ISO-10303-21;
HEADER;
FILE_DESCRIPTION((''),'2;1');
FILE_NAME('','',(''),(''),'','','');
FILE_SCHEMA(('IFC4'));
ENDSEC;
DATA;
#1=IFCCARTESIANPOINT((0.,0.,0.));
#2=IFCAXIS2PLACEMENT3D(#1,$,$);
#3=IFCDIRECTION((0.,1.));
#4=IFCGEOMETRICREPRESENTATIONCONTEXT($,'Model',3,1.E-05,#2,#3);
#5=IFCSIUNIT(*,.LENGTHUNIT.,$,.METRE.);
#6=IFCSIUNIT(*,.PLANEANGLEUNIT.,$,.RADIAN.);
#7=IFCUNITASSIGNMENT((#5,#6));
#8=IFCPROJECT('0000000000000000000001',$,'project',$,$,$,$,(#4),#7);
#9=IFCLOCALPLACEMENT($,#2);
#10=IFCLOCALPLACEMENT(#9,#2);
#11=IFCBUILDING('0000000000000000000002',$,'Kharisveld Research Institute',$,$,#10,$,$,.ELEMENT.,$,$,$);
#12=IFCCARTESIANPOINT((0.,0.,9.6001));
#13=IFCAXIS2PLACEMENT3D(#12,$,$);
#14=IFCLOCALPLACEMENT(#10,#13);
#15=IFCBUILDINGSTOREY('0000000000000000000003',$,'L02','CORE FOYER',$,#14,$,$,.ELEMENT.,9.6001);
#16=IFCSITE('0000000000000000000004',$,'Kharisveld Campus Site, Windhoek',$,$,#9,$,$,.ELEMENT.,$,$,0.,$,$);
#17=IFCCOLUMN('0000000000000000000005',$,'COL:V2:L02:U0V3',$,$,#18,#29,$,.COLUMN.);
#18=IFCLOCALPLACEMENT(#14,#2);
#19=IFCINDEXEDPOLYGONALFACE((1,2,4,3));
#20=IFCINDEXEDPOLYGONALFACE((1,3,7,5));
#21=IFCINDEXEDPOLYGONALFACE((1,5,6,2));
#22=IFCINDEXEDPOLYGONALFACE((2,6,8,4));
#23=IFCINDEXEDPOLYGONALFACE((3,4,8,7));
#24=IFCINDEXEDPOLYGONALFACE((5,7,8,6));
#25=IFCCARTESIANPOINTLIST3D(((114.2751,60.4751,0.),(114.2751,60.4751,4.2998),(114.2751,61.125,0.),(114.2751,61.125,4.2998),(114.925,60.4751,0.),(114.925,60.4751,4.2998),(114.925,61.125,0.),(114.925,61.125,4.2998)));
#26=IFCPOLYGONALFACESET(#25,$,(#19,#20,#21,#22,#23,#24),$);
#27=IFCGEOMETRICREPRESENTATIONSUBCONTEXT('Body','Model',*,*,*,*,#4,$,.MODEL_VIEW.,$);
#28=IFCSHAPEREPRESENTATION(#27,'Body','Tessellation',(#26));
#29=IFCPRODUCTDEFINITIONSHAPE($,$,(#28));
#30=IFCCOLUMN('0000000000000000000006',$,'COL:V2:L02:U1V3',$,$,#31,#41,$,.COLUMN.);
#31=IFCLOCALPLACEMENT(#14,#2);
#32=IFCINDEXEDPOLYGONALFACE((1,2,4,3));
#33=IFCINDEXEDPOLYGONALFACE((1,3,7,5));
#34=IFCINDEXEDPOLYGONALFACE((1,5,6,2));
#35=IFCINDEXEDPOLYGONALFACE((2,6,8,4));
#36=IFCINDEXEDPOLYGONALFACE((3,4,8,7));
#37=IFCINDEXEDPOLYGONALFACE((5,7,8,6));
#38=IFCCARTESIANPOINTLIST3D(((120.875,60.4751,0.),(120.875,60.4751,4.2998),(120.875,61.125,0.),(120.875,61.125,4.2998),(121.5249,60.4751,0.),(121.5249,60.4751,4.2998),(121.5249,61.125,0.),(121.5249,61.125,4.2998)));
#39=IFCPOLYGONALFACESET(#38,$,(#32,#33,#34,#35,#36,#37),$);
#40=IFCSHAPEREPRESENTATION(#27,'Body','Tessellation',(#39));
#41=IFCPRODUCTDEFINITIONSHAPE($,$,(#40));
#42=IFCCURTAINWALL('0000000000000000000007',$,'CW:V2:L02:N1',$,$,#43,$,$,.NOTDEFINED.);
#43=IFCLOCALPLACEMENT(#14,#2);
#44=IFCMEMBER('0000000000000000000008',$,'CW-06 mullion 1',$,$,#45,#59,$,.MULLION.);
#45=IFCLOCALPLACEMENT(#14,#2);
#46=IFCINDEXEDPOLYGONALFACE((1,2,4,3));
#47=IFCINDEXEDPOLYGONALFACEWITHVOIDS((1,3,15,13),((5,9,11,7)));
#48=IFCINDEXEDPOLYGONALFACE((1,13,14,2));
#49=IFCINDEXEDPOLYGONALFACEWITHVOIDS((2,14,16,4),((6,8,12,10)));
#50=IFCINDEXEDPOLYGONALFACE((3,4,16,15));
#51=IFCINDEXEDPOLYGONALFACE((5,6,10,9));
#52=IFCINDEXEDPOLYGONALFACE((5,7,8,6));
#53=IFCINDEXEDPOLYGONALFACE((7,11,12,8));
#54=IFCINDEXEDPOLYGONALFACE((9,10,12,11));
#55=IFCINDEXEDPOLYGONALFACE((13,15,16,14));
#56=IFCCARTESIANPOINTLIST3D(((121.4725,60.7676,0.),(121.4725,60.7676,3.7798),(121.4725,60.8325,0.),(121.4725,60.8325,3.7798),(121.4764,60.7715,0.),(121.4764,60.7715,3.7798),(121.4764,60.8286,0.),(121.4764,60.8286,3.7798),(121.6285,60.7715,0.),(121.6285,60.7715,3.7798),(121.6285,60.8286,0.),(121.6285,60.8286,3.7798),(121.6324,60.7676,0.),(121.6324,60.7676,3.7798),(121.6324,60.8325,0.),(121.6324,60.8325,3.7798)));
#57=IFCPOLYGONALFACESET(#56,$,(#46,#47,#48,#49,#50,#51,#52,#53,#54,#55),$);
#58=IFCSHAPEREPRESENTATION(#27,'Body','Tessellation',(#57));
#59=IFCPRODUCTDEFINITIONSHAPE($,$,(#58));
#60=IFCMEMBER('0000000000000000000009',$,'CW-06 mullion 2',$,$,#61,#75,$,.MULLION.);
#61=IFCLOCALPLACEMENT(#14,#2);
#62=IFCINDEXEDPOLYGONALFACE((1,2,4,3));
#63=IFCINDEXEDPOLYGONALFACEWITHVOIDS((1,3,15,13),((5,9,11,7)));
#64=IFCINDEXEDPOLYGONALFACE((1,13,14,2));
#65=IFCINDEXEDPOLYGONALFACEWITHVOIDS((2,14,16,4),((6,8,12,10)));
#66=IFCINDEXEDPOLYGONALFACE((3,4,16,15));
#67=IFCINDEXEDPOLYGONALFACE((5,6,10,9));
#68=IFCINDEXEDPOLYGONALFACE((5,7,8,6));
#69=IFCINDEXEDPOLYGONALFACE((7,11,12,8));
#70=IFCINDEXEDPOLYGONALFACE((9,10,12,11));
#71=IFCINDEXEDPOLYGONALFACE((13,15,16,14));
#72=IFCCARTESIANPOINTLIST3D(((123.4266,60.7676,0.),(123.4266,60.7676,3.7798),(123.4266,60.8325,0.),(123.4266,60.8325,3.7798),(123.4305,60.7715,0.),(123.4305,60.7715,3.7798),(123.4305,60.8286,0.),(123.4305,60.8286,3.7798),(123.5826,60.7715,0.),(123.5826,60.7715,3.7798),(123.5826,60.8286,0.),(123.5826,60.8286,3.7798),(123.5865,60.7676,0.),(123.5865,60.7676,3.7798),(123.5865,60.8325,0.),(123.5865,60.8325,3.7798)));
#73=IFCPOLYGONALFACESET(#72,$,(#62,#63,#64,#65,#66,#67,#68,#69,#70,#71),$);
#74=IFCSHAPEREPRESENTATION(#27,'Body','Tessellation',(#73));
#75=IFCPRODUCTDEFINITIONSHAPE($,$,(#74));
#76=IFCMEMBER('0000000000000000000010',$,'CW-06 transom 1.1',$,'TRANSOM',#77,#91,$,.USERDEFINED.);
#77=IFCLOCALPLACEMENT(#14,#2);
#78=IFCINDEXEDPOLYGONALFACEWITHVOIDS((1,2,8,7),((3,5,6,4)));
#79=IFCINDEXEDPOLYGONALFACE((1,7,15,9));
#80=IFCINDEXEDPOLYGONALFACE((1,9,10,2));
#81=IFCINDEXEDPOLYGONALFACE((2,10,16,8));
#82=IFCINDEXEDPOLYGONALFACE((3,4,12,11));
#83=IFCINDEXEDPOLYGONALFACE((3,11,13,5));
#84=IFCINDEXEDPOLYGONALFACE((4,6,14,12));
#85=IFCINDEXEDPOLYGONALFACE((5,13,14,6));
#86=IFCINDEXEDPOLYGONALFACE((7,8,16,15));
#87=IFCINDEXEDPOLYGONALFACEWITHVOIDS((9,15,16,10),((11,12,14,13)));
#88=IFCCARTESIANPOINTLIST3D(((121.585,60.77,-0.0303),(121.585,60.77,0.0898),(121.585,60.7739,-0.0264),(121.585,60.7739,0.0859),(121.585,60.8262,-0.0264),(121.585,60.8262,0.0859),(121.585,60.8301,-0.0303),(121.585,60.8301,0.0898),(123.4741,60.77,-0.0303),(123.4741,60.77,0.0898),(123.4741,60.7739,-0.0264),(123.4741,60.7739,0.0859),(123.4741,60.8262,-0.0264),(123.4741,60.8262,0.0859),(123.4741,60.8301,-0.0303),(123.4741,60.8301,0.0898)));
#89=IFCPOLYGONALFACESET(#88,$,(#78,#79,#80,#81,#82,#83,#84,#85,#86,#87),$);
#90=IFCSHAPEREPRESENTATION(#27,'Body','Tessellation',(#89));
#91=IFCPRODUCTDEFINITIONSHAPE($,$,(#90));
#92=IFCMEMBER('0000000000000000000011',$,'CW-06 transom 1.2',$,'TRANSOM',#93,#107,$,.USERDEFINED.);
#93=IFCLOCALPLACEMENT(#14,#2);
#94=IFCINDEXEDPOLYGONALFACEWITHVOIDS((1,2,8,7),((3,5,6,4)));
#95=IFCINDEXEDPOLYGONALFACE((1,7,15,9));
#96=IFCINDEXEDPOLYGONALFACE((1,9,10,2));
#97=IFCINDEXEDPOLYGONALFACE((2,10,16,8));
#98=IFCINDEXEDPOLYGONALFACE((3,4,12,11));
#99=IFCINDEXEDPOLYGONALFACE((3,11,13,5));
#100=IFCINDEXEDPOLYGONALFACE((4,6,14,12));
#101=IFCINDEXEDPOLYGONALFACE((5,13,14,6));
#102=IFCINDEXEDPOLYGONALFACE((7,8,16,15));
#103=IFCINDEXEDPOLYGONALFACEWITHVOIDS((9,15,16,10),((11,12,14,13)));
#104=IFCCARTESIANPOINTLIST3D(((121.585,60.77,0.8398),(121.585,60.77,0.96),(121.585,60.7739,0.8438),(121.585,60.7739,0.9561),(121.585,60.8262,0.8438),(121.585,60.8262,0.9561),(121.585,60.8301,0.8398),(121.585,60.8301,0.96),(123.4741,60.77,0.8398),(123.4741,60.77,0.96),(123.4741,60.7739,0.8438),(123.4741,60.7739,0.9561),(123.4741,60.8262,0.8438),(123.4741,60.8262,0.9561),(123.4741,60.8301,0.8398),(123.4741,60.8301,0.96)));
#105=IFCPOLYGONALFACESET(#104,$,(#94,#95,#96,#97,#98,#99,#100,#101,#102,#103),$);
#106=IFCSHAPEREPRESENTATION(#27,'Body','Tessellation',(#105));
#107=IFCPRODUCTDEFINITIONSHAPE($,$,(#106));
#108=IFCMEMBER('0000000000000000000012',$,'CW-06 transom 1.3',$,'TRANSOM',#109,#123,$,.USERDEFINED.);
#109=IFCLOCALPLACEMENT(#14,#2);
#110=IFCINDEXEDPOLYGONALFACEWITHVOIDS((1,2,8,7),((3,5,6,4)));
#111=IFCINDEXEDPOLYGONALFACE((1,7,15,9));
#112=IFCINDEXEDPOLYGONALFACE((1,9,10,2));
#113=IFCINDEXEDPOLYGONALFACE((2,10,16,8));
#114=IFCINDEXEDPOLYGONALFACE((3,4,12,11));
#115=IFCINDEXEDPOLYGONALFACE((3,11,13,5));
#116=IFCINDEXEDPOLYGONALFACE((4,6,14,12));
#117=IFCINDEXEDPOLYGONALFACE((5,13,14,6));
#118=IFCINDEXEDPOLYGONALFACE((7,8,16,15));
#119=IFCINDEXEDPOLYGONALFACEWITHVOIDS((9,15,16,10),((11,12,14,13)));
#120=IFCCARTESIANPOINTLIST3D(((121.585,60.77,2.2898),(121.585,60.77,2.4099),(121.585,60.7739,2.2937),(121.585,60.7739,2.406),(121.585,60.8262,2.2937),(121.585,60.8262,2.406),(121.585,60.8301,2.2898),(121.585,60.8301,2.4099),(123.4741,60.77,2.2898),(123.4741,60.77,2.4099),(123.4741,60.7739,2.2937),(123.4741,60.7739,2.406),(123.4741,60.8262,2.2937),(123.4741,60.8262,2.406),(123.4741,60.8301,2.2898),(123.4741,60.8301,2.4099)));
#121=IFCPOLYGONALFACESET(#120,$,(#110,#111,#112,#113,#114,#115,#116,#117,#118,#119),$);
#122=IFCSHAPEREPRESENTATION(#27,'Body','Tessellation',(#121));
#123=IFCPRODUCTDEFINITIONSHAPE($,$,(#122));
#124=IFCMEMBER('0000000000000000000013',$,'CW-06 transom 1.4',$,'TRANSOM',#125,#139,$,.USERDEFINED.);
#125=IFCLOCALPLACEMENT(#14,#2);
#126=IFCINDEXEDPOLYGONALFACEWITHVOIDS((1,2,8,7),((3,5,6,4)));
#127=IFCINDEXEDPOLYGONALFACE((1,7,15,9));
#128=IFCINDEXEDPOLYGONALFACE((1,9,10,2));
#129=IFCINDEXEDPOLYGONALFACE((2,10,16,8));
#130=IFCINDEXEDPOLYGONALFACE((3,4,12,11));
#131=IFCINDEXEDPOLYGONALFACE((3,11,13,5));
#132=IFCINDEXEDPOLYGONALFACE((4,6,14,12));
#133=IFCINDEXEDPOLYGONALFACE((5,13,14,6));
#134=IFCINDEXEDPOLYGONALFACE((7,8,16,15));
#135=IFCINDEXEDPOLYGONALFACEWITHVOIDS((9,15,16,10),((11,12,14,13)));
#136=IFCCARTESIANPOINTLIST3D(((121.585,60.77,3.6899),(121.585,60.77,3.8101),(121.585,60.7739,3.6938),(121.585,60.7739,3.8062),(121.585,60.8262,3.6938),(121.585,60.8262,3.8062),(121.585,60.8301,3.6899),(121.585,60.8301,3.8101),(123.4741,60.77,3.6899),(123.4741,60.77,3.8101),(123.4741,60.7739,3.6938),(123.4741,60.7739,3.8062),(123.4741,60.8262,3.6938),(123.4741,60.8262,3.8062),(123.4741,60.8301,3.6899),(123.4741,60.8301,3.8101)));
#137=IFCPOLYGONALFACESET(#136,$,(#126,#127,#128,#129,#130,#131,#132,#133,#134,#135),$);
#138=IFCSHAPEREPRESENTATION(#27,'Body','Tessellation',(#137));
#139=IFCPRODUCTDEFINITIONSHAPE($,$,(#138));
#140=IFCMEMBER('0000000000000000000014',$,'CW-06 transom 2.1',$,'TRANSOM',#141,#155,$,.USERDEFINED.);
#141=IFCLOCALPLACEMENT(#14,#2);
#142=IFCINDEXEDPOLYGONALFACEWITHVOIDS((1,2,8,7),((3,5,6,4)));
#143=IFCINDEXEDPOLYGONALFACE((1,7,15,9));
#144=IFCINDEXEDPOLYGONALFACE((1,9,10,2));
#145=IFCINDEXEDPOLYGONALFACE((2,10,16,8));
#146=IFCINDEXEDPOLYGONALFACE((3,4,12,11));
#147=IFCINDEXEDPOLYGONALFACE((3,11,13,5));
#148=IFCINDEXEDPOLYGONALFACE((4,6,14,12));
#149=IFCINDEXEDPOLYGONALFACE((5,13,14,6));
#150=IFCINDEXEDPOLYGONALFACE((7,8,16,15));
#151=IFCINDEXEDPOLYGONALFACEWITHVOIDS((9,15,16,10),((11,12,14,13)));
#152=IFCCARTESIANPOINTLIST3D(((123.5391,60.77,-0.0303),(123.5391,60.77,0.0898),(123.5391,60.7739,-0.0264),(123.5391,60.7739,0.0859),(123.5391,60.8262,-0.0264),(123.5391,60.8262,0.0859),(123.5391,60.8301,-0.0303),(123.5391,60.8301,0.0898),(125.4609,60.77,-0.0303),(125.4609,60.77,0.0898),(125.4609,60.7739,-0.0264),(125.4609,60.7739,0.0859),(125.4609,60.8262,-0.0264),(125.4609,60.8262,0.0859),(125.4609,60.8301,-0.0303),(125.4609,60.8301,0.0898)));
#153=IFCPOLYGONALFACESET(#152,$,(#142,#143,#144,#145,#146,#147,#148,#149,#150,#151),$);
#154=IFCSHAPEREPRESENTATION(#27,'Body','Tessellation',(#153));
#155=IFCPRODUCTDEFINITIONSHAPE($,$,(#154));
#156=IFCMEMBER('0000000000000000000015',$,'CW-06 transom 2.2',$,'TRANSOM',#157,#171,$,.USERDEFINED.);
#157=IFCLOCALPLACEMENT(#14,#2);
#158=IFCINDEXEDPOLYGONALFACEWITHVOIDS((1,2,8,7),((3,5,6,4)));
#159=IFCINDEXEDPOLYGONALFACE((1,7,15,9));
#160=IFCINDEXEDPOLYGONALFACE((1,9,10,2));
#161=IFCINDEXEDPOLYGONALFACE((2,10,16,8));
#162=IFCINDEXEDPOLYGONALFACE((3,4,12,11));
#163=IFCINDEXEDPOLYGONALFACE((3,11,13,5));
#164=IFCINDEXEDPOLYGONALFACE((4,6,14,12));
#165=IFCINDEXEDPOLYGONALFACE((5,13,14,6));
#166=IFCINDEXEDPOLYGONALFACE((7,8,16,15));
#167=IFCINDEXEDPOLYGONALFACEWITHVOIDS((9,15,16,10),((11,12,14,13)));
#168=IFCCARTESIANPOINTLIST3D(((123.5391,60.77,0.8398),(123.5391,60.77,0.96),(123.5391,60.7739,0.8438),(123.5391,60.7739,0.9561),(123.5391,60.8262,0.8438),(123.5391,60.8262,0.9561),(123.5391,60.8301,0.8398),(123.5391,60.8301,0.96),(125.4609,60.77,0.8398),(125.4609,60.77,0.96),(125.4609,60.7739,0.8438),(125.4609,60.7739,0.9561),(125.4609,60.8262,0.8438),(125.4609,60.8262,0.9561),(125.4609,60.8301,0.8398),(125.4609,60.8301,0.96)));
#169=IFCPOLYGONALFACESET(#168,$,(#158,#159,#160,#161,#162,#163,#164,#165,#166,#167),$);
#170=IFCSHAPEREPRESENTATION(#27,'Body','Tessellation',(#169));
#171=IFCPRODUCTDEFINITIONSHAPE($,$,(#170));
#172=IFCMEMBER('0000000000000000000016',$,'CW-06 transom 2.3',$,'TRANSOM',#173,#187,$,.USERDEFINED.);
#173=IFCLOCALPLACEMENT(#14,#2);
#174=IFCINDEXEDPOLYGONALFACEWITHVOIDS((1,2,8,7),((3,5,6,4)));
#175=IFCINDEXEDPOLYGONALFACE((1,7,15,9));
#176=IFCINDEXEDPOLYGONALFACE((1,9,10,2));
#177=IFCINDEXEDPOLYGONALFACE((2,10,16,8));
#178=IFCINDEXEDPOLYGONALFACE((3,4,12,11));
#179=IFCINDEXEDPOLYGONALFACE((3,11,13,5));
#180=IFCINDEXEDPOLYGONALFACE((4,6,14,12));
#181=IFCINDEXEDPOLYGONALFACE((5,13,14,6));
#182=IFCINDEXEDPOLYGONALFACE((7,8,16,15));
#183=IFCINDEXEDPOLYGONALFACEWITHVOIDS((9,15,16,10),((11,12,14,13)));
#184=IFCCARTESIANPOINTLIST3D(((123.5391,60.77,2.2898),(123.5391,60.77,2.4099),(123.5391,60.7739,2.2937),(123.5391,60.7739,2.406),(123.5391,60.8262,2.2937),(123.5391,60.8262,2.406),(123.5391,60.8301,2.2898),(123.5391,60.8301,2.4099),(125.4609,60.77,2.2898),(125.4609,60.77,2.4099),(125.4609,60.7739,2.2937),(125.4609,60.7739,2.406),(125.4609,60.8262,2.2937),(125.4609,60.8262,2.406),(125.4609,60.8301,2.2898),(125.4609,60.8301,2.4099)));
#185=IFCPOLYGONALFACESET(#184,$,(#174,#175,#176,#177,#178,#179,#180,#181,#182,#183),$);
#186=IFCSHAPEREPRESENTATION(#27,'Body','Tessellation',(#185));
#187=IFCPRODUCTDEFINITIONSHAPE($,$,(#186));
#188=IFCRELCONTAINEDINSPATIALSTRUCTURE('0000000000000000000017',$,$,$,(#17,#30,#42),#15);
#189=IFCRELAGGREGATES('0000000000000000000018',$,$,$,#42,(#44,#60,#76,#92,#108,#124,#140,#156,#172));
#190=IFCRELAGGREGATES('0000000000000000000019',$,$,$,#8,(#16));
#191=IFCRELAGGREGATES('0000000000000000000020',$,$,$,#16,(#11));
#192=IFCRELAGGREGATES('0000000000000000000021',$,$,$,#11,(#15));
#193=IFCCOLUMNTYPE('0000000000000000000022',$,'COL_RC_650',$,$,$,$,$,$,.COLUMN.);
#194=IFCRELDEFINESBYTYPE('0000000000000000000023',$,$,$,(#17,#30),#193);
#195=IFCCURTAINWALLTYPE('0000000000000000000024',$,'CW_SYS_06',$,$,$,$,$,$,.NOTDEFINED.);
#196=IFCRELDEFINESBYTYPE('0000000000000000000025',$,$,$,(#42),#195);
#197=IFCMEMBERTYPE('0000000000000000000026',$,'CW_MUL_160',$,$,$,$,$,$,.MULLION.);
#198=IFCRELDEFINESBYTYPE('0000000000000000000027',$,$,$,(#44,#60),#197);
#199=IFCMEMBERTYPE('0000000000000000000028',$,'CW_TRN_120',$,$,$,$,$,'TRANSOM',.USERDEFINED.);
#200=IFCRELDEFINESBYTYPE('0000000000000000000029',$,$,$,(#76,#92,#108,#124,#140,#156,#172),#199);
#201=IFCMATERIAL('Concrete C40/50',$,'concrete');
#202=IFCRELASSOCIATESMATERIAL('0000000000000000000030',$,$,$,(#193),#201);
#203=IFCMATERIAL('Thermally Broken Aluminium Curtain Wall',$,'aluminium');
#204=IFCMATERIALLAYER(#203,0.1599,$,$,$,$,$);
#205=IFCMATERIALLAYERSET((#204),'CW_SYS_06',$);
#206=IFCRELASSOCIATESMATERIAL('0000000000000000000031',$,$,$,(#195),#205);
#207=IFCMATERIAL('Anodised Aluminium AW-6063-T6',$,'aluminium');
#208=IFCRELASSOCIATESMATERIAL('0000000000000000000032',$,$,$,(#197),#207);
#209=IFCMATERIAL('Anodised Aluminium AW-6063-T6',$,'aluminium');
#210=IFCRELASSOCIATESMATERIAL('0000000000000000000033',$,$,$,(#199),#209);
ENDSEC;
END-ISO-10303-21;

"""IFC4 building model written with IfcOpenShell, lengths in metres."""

from ifc_helpers import new_model, si_unit, direction, frame, origin, origin_2d, place, context, subcontext, project, spatial, rectangle, hollow_rectangle, extrude, material, layer, layer_set, material_profile, profile_set, type_object, element, aggregate, save


model = new_model("IFC4")

# Units and contexts
model_context = context("Model", 3, precision=1e-05, world=origin(), true_north=direction((0.0, 1.0)))
body_context = subcontext(model_context, "Body", "Model", "MODEL_VIEW")
ifc_project = project(units=[si_unit("LENGTHUNIT", "METRE"), si_unit("PLANEANGLEUNIT", "RADIAN")], contexts=[model_context])

# Site, building, storey
site_placement = place(None, origin())
site = spatial("IfcSite", under=ifc_project, at=site_placement, Name="Kharisveld Campus Site, Windhoek", CompositionType="ELEMENT", RefElevation=0.0)
building_placement = place(site_placement, origin())
building = spatial("IfcBuilding", under=site, at=building_placement, Name="Kharisveld Research Institute", CompositionType="ELEMENT")
storey_placement = place(building_placement, frame((0.0, 0.0, 9.6001)))
storey = spatial("IfcBuildingStorey", under=building, at=storey_placement, Name="L02", Description="CORE FOYER", CompositionType="ELEMENT", Elevation=9.6001)

# Columns
ifc_material_1 = material(Name="Concrete C40/50", Category="concrete")
ifc_material_profile_1 = material_profile(ifc_material_1, rectangle(XDim=0.6499, YDim=0.6499, at=origin_2d()))
ifc_profile_set_1 = profile_set([ifc_material_profile_1], Name="Concrete C40/50")
column_type = type_object("IfcColumnType", Name="COL_RC_650", PredefinedType="COLUMN", material=ifc_profile_set_1)
for number, where, z_axis, x_axis, name in (
    (1, (114.6001, 60.8, 0.0), (0.0, 0.0, 1.0), (1.0, 0.0, 0.0), "COL:V2:L02:U0V3"),
    (2, (121.2, 60.8, 0.0), (0.0, 0.0, 1.0), (1.0, 0.0, 0.0), "COL:V2:L02:U1V3"),
):
    element("IfcColumn", number, at=place(storey_placement, frame(where, z_axis=z_axis, x_axis=x_axis)), inside=storey, type_object=column_type, Name=name, PredefinedType="COLUMN", context=body_context, shape_type="SweptSolid", body=[
        extrude(rectangle(XDim=0.6499, YDim=0.6499, at=origin_2d()), origin(), (0.0, 0.0, 1.0), 4.2998),
    ])

# Curtain wall, members
ifc_material_2 = material(Name="Thermally Broken Aluminium Curtain Wall", Category="aluminium")
ifc_layer_1 = layer(ifc_material_2, 0.1599)
ifc_layer_set_1 = layer_set([ifc_layer_1], Name="CW_SYS_06")
curtain_wall_type = type_object("IfcCurtainWallType", Name="CW_SYS_06", PredefinedType="NOTDEFINED", material=ifc_layer_set_1)
curtain_wall_placement = place(storey_placement, origin())
curtain_wall = element("IfcCurtainWall", 3, at=curtain_wall_placement, inside=storey, type_object=curtain_wall_type, Name="CW:V2:L02:N1", PredefinedType="NOTDEFINED")
ifc_material_3 = material(Name="Anodised Aluminium AW-6063-T6", Category="aluminium")
ifc_material_profile_2 = material_profile(ifc_material_3, hollow_rectangle(XDim=0.0649, YDim=0.1599, WallThickness=0.0039, at=origin_2d()))
ifc_profile_set_2 = profile_set([ifc_material_profile_2], Name="Anodised Aluminium AW-6063-T6")
member_type_1 = type_object("IfcMemberType", Name="CW_MUL_160", PredefinedType="MULLION", material=ifc_profile_set_2)
member_1_placement = place(storey_placement, frame((121.5525, 60.8, 0.0), z_axis=(0.0, 0.0, 1.0), x_axis=(0.0, 1.0, 0.0)))
member_1 = element("IfcMember", 4, at=member_1_placement, type_object=member_type_1, Name="CW-06 mullion 1", PredefinedType="MULLION", context=body_context, shape_type="SweptSolid", body=[
    extrude(hollow_rectangle(XDim=0.0649, YDim=0.1599, WallThickness=0.0039, at=origin_2d()), origin(), (0.0, 0.0, 1.0), 3.7798),
])
member_2_placement = place(storey_placement, frame((123.5066, 60.8, 0.0), z_axis=(0.0, 0.0, 1.0), x_axis=(0.0, 1.0, 0.0)))
member_2 = element("IfcMember", 5, at=member_2_placement, type_object=member_type_1, Name="CW-06 mullion 2", PredefinedType="MULLION", context=body_context, shape_type="SweptSolid", body=[
    extrude(hollow_rectangle(XDim=0.0649, YDim=0.1599, WallThickness=0.0039, at=origin_2d()), origin(), (0.0, 0.0, 1.0), 3.7798),
])
ifc_material_4 = material(Name="Anodised Aluminium AW-6063-T6", Category="aluminium")
ifc_material_profile_3 = material_profile(ifc_material_4, hollow_rectangle(XDim=0.0601, YDim=0.1201, WallThickness=0.0039, at=origin_2d()))
ifc_profile_set_3 = profile_set([ifc_material_profile_3], Name="Anodised Aluminium AW-6063-T6")
member_type_2 = type_object("IfcMemberType", Name="CW_TRN_120", ElementType="TRANSOM", PredefinedType="USERDEFINED", material=ifc_profile_set_3)
member_3_placement = place(storey_placement, frame((121.585, 60.8, 0.0298), z_axis=(1.0, 0.0, 0.0), x_axis=(0.0, 1.0, 0.0)))
member_3 = element("IfcMember", 6, at=member_3_placement, type_object=member_type_2, Name="CW-06 transom 1.1", ObjectType="TRANSOM", PredefinedType="USERDEFINED", context=body_context, shape_type="SweptSolid", body=[
    extrude(hollow_rectangle(XDim=0.0601, YDim=0.1201, WallThickness=0.0039, at=origin_2d()), origin(), (0.0, 0.0, 1.0), 1.8892),
])
member_4_placement = place(storey_placement, frame((121.585, 60.8, 0.8999), z_axis=(1.0, 0.0, 0.0), x_axis=(0.0, 1.0, 0.0)))
member_4 = element("IfcMember", 7, at=member_4_placement, type_object=member_type_2, Name="CW-06 transom 1.2", ObjectType="TRANSOM", PredefinedType="USERDEFINED", context=body_context, shape_type="SweptSolid", body=[
    extrude(hollow_rectangle(XDim=0.0601, YDim=0.1201, WallThickness=0.0039, at=origin_2d()), origin(), (0.0, 0.0, 1.0), 1.8892),
])
member_5_placement = place(storey_placement, frame((121.585, 60.8, 2.3499), z_axis=(1.0, 0.0, 0.0), x_axis=(0.0, 1.0, 0.0)))
member_5 = element("IfcMember", 8, at=member_5_placement, type_object=member_type_2, Name="CW-06 transom 1.3", ObjectType="TRANSOM", PredefinedType="USERDEFINED", context=body_context, shape_type="SweptSolid", body=[
    extrude(hollow_rectangle(XDim=0.0601, YDim=0.1201, WallThickness=0.0039, at=origin_2d()), origin(), (0.0, 0.0, 1.0), 1.8892),
])
member_6_placement = place(storey_placement, frame((121.585, 60.8, 3.75), z_axis=(1.0, 0.0, 0.0), x_axis=(0.0, 1.0, 0.0)))
member_6 = element("IfcMember", 9, at=member_6_placement, type_object=member_type_2, Name="CW-06 transom 1.4", ObjectType="TRANSOM", PredefinedType="USERDEFINED", context=body_context, shape_type="SweptSolid", body=[
    extrude(hollow_rectangle(XDim=0.0601, YDim=0.1201, WallThickness=0.0039, at=origin_2d()), origin(), (0.0, 0.0, 1.0), 1.8892),
])
member_7_placement = place(storey_placement, frame((123.5391, 60.8, 0.0298), z_axis=(1.0, 0.0, 0.0), x_axis=(0.0, 1.0, 0.0)))
member_7 = element("IfcMember", 10, at=member_7_placement, type_object=member_type_2, Name="CW-06 transom 2.1", ObjectType="TRANSOM", PredefinedType="USERDEFINED", context=body_context, shape_type="SweptSolid", body=[
    extrude(hollow_rectangle(XDim=0.0601, YDim=0.1201, WallThickness=0.0039, at=origin_2d()), origin(), (0.0, 0.0, 1.0), 1.9219),
])
member_8_placement = place(storey_placement, frame((123.5391, 60.8, 0.8999), z_axis=(1.0, 0.0, 0.0), x_axis=(0.0, 1.0, 0.0)))
member_8 = element("IfcMember", 11, at=member_8_placement, type_object=member_type_2, Name="CW-06 transom 2.2", ObjectType="TRANSOM", PredefinedType="USERDEFINED", context=body_context, shape_type="SweptSolid", body=[
    extrude(hollow_rectangle(XDim=0.0601, YDim=0.1201, WallThickness=0.0039, at=origin_2d()), origin(), (0.0, 0.0, 1.0), 1.9219),
])
member_9_placement = place(storey_placement, frame((123.5391, 60.8, 2.3499), z_axis=(1.0, 0.0, 0.0), x_axis=(0.0, 1.0, 0.0)))
member_9 = element("IfcMember", 12, at=member_9_placement, type_object=member_type_2, Name="CW-06 transom 2.3", ObjectType="TRANSOM", PredefinedType="USERDEFINED", context=body_context, shape_type="SweptSolid", body=[
    extrude(hollow_rectangle(XDim=0.0601, YDim=0.1201, WallThickness=0.0039, at=origin_2d()), origin(), (0.0, 0.0, 1.0), 1.9219),
])

aggregate(curtain_wall, [member_1, member_2, member_3, member_4, member_5, member_6, member_7, member_8, member_9])

save(model, "model.ifc")
